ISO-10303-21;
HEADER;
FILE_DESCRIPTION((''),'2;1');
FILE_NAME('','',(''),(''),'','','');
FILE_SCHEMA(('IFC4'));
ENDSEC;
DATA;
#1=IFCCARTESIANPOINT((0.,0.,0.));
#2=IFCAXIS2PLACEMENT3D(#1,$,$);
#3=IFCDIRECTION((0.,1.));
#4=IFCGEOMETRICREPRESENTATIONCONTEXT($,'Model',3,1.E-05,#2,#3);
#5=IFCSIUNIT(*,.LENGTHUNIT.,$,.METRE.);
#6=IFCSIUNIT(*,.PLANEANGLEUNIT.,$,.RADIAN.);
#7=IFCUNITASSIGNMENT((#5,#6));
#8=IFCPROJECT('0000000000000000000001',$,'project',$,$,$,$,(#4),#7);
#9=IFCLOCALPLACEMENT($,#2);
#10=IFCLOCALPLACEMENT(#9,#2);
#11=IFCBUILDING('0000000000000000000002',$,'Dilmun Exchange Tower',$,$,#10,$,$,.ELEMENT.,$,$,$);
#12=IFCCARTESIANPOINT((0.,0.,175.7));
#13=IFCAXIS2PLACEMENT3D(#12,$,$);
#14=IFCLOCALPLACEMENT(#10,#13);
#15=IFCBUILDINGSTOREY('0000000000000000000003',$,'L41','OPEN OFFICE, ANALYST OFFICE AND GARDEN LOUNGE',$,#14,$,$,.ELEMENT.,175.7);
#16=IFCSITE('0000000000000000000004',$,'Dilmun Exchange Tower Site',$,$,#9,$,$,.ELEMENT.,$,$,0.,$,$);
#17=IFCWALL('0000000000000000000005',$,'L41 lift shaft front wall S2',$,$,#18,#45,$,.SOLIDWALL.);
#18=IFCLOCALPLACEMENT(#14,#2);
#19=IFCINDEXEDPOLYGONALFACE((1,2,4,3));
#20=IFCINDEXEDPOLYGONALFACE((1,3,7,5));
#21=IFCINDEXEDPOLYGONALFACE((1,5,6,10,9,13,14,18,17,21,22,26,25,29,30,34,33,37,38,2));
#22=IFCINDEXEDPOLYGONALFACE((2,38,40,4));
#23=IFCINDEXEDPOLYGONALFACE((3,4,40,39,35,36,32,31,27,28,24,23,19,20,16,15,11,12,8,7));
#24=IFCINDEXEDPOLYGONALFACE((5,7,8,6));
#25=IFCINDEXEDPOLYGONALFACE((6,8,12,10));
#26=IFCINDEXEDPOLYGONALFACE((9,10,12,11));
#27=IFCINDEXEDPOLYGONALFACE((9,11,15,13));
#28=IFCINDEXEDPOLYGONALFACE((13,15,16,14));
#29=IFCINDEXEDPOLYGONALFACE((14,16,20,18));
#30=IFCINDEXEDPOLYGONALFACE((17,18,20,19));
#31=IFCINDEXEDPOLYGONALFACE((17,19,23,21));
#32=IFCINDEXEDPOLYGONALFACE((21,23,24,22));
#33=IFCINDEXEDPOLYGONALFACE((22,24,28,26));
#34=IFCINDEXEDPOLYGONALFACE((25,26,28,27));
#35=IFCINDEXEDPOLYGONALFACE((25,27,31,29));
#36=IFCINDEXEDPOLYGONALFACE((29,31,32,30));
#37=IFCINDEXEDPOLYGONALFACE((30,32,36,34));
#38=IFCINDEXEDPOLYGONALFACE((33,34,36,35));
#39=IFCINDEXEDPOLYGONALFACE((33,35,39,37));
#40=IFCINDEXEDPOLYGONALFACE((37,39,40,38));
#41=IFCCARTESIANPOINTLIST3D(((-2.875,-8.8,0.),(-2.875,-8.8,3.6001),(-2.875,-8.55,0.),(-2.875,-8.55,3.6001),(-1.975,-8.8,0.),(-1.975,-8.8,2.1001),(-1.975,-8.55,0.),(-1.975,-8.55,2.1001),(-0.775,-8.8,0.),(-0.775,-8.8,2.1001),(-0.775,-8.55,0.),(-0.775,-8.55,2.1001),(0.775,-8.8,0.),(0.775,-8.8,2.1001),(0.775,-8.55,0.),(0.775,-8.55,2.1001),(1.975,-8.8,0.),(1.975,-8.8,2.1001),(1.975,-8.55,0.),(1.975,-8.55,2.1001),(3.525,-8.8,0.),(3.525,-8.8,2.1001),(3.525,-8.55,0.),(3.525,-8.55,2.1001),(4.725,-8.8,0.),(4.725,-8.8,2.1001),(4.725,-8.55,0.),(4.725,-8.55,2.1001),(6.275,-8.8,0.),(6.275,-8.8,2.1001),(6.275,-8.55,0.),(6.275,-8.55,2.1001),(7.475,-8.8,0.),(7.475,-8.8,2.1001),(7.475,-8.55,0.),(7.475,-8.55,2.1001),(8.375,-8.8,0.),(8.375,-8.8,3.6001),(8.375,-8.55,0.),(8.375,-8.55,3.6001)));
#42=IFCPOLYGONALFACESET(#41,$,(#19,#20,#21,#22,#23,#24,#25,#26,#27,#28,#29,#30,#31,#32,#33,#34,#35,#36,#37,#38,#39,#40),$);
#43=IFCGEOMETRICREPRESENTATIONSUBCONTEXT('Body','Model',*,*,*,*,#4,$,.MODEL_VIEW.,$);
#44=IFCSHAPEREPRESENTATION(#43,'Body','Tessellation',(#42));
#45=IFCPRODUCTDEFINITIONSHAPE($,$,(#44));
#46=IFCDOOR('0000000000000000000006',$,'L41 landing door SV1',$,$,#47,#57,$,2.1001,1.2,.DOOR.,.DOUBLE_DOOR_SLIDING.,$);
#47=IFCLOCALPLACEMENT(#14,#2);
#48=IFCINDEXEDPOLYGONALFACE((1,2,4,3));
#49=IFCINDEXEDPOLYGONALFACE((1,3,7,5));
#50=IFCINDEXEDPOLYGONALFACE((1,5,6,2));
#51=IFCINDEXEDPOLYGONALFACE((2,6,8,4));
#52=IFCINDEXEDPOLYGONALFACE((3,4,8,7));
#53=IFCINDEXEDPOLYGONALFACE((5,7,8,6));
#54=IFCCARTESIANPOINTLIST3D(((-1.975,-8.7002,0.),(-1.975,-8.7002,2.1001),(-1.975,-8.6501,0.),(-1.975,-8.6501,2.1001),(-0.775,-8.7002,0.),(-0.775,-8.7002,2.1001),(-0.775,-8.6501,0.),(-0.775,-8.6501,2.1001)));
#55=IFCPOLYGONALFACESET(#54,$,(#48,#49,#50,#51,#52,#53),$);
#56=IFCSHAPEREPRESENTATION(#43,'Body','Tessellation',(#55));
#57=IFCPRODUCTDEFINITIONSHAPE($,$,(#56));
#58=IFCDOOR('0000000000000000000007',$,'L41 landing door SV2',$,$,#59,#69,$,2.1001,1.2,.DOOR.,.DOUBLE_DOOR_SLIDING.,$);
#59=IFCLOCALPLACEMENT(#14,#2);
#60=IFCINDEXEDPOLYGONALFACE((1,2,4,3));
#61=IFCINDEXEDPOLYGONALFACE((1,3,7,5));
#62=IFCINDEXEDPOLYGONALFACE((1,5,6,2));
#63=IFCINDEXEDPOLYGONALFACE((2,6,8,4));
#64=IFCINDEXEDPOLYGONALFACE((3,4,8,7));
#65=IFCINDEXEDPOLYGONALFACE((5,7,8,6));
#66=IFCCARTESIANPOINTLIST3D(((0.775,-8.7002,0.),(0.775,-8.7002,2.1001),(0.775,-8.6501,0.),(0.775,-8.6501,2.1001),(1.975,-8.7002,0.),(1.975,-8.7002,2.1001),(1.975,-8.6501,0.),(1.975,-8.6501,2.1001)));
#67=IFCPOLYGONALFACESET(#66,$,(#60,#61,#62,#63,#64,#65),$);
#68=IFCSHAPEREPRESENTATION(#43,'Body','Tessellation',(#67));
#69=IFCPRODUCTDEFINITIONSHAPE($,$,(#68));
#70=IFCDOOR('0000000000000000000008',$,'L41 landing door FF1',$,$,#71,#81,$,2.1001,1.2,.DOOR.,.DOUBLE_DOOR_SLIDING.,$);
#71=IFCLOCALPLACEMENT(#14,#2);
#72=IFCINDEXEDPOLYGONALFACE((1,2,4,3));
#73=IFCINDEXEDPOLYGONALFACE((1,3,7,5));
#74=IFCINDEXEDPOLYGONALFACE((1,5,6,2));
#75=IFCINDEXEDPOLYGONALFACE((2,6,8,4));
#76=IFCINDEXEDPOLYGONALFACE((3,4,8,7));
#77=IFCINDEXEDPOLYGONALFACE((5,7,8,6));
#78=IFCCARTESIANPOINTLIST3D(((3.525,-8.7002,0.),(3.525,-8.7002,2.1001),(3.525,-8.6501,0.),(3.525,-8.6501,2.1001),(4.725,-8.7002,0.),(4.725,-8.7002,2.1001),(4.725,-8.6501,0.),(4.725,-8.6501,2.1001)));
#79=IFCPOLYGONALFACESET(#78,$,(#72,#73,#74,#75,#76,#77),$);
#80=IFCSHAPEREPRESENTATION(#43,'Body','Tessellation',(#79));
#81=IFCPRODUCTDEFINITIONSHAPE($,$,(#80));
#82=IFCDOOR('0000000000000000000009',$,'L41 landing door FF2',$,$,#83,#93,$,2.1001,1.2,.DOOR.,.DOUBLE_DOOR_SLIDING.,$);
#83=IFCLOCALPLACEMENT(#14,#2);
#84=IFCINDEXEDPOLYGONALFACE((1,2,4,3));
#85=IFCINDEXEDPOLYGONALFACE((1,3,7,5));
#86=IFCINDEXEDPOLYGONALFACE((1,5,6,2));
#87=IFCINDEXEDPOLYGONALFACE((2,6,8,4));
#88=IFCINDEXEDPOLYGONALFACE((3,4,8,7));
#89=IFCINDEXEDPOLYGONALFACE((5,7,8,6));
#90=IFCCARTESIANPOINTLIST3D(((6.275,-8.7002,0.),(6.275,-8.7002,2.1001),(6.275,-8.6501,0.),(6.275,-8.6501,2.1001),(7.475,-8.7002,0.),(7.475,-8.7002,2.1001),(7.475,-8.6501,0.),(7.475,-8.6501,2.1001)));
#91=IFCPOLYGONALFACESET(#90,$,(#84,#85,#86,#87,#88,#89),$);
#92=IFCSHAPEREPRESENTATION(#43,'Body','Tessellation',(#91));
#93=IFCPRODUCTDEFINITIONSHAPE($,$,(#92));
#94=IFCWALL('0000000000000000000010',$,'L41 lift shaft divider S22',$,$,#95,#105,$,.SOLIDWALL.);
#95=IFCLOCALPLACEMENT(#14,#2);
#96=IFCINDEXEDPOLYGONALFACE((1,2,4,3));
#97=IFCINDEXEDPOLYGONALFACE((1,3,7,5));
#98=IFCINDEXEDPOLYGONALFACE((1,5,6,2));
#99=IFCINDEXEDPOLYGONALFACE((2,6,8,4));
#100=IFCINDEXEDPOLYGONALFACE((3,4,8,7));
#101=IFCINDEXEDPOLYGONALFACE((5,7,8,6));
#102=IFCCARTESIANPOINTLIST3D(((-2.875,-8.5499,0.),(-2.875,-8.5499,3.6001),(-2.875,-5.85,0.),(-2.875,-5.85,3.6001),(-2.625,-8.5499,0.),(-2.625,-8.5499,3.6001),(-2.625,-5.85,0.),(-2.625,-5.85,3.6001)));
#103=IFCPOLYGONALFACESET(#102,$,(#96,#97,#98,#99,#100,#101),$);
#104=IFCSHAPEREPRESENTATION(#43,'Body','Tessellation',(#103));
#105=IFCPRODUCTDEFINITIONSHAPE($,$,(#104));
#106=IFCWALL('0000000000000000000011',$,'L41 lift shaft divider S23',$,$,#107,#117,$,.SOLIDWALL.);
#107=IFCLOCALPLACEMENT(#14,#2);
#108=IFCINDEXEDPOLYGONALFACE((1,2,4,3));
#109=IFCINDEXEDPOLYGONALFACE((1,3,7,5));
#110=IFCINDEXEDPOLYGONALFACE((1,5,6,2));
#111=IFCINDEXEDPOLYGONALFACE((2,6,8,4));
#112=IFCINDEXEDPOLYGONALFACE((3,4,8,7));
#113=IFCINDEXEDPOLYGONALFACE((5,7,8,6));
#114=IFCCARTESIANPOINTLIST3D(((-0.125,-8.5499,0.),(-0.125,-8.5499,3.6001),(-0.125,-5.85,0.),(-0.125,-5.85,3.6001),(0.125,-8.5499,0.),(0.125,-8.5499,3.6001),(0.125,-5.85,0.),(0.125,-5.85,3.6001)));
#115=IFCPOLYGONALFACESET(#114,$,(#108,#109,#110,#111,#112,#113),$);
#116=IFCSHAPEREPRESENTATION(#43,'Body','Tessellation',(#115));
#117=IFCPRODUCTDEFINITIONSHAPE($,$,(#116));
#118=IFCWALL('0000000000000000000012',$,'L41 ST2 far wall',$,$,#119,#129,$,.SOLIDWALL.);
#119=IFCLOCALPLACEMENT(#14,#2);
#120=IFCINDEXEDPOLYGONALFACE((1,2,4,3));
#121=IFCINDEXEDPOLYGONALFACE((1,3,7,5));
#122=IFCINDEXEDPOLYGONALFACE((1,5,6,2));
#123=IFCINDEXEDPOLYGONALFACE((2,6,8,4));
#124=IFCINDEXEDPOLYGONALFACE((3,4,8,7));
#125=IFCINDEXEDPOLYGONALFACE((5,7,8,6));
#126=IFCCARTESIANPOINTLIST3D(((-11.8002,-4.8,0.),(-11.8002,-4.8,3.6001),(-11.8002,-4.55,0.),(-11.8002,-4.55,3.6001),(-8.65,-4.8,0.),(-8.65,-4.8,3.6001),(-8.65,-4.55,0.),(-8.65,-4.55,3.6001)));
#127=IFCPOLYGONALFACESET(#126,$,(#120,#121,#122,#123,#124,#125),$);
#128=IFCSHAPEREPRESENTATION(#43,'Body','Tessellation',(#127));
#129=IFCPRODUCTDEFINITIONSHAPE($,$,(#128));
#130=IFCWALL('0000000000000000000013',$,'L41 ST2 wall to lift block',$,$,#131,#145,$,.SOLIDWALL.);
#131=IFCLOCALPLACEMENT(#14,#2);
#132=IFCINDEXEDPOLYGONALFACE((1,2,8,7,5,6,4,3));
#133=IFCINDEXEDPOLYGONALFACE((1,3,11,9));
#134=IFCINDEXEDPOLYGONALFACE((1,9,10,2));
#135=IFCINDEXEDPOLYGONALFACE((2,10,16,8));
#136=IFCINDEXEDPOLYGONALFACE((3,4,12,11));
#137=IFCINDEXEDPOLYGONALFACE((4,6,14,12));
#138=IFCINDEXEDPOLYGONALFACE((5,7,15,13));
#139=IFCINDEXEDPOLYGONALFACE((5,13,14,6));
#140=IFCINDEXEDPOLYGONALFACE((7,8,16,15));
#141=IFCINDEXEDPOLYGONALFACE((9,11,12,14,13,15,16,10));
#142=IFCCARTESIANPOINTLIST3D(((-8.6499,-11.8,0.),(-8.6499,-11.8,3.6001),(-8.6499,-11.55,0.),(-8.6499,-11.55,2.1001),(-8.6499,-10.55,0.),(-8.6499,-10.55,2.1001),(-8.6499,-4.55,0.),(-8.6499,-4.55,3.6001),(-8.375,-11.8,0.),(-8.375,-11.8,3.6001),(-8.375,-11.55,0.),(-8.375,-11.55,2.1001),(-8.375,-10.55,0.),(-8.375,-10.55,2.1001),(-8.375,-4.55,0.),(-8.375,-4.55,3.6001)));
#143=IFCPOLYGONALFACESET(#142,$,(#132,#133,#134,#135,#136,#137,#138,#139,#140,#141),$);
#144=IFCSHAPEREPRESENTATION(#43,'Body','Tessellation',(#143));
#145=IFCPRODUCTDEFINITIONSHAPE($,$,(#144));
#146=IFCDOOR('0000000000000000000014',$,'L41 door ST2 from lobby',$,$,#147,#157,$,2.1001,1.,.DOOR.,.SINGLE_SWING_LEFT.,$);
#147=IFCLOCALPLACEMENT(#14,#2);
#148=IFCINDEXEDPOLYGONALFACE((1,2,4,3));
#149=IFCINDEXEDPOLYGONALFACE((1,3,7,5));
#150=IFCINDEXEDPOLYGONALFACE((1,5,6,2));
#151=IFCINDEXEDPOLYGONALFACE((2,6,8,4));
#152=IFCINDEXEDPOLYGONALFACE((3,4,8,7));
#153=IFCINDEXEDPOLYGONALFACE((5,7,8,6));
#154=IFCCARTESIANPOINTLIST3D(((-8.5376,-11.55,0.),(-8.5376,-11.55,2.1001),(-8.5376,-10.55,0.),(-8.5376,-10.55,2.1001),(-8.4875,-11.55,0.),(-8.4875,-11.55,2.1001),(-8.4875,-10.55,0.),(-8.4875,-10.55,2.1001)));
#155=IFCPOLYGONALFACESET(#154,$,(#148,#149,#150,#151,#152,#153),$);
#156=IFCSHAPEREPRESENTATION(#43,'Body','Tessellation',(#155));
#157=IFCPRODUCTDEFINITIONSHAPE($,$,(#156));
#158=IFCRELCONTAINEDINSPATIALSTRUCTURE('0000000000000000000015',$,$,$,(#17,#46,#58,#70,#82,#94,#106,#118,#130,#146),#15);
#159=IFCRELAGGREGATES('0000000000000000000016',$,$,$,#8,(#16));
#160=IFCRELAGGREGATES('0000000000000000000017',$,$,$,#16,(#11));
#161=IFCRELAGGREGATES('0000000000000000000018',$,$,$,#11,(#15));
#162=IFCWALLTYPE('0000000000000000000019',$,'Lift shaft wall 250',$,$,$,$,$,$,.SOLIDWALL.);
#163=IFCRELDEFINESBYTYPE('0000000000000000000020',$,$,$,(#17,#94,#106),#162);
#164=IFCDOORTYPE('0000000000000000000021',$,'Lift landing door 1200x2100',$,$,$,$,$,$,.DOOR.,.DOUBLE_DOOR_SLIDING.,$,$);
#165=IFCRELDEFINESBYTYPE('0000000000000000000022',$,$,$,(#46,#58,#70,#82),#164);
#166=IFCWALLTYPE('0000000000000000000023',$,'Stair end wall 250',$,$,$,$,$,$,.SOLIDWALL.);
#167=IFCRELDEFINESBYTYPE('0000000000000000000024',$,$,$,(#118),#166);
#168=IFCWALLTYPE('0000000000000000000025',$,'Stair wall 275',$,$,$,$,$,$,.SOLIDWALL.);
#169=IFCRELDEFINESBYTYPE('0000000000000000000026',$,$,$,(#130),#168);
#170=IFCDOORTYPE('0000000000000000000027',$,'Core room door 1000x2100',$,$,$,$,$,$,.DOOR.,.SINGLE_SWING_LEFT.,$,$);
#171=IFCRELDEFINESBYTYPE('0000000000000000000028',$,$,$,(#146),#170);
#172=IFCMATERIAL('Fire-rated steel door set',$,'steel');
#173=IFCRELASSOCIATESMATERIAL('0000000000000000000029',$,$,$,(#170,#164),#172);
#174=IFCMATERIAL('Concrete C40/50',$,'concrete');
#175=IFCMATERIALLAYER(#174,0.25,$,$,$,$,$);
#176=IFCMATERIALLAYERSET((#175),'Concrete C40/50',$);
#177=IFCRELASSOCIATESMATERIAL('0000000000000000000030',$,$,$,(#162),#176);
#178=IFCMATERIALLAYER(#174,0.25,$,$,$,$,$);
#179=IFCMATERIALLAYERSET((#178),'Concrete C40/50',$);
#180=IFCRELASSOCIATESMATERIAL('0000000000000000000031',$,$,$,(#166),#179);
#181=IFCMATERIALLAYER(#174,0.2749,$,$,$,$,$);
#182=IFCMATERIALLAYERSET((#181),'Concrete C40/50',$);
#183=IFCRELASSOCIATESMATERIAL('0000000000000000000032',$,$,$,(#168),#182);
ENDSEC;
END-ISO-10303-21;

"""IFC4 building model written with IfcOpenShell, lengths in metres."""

from ifc_helpers import new_model, si_unit, direction, frame, frame_2d, origin, place, context, subcontext, project, spatial, rectangle, extrude, material, layer, layer_set, type_object, element, fill, save


model = new_model("IFC4")

# Units and contexts
model_context = context("Model", 3, precision=1e-05, world=origin(), true_north=direction((0.0, 1.0)))
body_context = subcontext(model_context, "Body", "Model", "MODEL_VIEW")
ifc_project = project(units=[si_unit("LENGTHUNIT", "METRE"), si_unit("PLANEANGLEUNIT", "RADIAN")], contexts=[model_context])

# Site, building, storey
site_placement = place(None, origin())
site = spatial("IfcSite", under=ifc_project, at=site_placement, Name="Dilmun Exchange Tower Site", CompositionType="ELEMENT", RefElevation=0.0)
building_placement = place(site_placement, origin())
building = spatial("IfcBuilding", under=site, at=building_placement, Name="Dilmun Exchange Tower", CompositionType="ELEMENT")
storey_placement = place(building_placement, frame((0.0, 0.0, 175.7)))
storey = spatial("IfcBuildingStorey", under=building, at=storey_placement, Name="L41", Description="OPEN OFFICE, ANALYST OFFICE AND GARDEN LOUNGE", CompositionType="ELEMENT", Elevation=175.7)

# Shared definitions
ifc_material_1 = material(Name="Concrete C40/50", Category="concrete")

# Shared definitions
ifc_material_2 = material(Name="Fire-rated steel door set", Category="steel")
door_type_1 = type_object("IfcDoorType", Name="Core room door 1000x2100", OperationType="SINGLE_SWING_LEFT", PredefinedType="DOOR", material=ifc_material_2)

# Shared definitions
ifc_layer_1 = layer(ifc_material_1, 0.25)
ifc_layer_set_1 = layer_set([ifc_layer_1], Name="Concrete C40/50")
wall_type_1 = type_object("IfcWallType", Name="Lift shaft wall 250", PredefinedType="SOLIDWALL", material=ifc_layer_set_1)

# Wall, openings, doors
wall_1_placement = place(storey_placement, frame((-2.875, -8.675, 0.0), z_axis=(0.0, 0.0, 1.0), x_axis=(1.0, 0.0, 0.0)))
wall_1 = element("IfcWall", 1, at=wall_1_placement, inside=storey, type_object=wall_type_1, Name="L41 lift shaft front wall S2", PredefinedType="SOLIDWALL", context=body_context, shape_type="SweptSolid", body=[
    extrude(rectangle(XDim=11.25, YDim=0.25, at=frame_2d((5.625, 0.0))), origin(), (0.0, 0.0, 1.0), 3.6001),
])
opening_1_placement = place(wall_1_placement, frame((0.8999, 0.0, 0.0)))
opening_1 = element("IfcOpeningElement", 2, at=opening_1_placement, cuts=wall_1, PredefinedType="OPENING", context=body_context, shape_type="SweptSolid", body=[
    extrude(rectangle(XDim=1.2, YDim=2.1001, at=frame_2d((0.6001, 1.05))), frame((0.0, 0.135, 0.0), z_axis=(0.0, -1.0, 0.0), x_axis=(1.0, 0.0, 0.0)), (0.0, 0.0, 1.0), 0.27),
])
opening_2_placement = place(wall_1_placement, frame((3.6499, 0.0, 0.0)))
opening_2 = element("IfcOpeningElement", 3, at=opening_2_placement, cuts=wall_1, PredefinedType="OPENING", context=body_context, shape_type="SweptSolid", body=[
    extrude(rectangle(XDim=1.2, YDim=2.1001, at=frame_2d((0.6001, 1.05))), frame((0.0, 0.135, 0.0), z_axis=(0.0, -1.0, 0.0), x_axis=(1.0, 0.0, 0.0)), (0.0, 0.0, 1.0), 0.27),
])
opening_3_placement = place(wall_1_placement, frame((6.3999, 0.0, 0.0)))
opening_3 = element("IfcOpeningElement", 4, at=opening_3_placement, cuts=wall_1, PredefinedType="OPENING", context=body_context, shape_type="SweptSolid", body=[
    extrude(rectangle(XDim=1.2, YDim=2.1001, at=frame_2d((0.6001, 1.05))), frame((0.0, 0.135, 0.0), z_axis=(0.0, -1.0, 0.0), x_axis=(1.0, 0.0, 0.0)), (0.0, 0.0, 1.0), 0.27),
])
opening_4_placement = place(wall_1_placement, frame((9.1499, 0.0, 0.0)))
opening_4 = element("IfcOpeningElement", 5, at=opening_4_placement, cuts=wall_1, PredefinedType="OPENING", context=body_context, shape_type="SweptSolid", body=[
    extrude(rectangle(XDim=1.2, YDim=2.1001, at=frame_2d((0.6001, 1.05))), frame((0.0, 0.135, 0.0), z_axis=(0.0, -1.0, 0.0), x_axis=(1.0, 0.0, 0.0)), (0.0, 0.0, 1.0), 0.27),
])
door_type_2 = type_object("IfcDoorType", Name="Lift landing door 1200x2100", OperationType="DOUBLE_DOOR_SLIDING", PredefinedType="DOOR", material=ifc_material_2)
door_1_placement = place(opening_1_placement, origin())
door_1 = element("IfcDoor", 6, at=door_1_placement, inside=storey, type_object=door_type_2, Name="L41 landing door SV1", OperationType="DOUBLE_DOOR_SLIDING", OverallHeight=2.1001, OverallWidth=1.2, PredefinedType="DOOR", context=body_context, shape_type="SweptSolid", body=[
    extrude(rectangle(XDim=1.2, YDim=2.1001, at=frame_2d((0.6001, 1.05))), frame((0.0, 0.0249, 0.0), z_axis=(0.0, -1.0, 0.0), x_axis=(1.0, 0.0, 0.0)), (0.0, 0.0, 1.0), 0.05),
])
fill(opening_1, door_1)
door_2_placement = place(opening_2_placement, origin())
door_2 = element("IfcDoor", 7, at=door_2_placement, inside=storey, type_object=door_type_2, Name="L41 landing door SV2", OperationType="DOUBLE_DOOR_SLIDING", OverallHeight=2.1001, OverallWidth=1.2, PredefinedType="DOOR", context=body_context, shape_type="SweptSolid", body=[
    extrude(rectangle(XDim=1.2, YDim=2.1001, at=frame_2d((0.6001, 1.05))), frame((0.0, 0.0249, 0.0), z_axis=(0.0, -1.0, 0.0), x_axis=(1.0, 0.0, 0.0)), (0.0, 0.0, 1.0), 0.05),
])
fill(opening_2, door_2)
door_3_placement = place(opening_3_placement, origin())
door_3 = element("IfcDoor", 8, at=door_3_placement, inside=storey, type_object=door_type_2, Name="L41 landing door FF1", OperationType="DOUBLE_DOOR_SLIDING", OverallHeight=2.1001, OverallWidth=1.2, PredefinedType="DOOR", context=body_context, shape_type="SweptSolid", body=[
    extrude(rectangle(XDim=1.2, YDim=2.1001, at=frame_2d((0.6001, 1.05))), frame((0.0, 0.0249, 0.0), z_axis=(0.0, -1.0, 0.0), x_axis=(1.0, 0.0, 0.0)), (0.0, 0.0, 1.0), 0.05),
])
fill(opening_3, door_3)
door_4_placement = place(opening_4_placement, origin())
door_4 = element("IfcDoor", 9, at=door_4_placement, inside=storey, type_object=door_type_2, Name="L41 landing door FF2", OperationType="DOUBLE_DOOR_SLIDING", OverallHeight=2.1001, OverallWidth=1.2, PredefinedType="DOOR", context=body_context, shape_type="SweptSolid", body=[
    extrude(rectangle(XDim=1.2, YDim=2.1001, at=frame_2d((0.6001, 1.05))), frame((0.0, 0.0249, 0.0), z_axis=(0.0, -1.0, 0.0), x_axis=(1.0, 0.0, 0.0)), (0.0, 0.0, 1.0), 0.05),
])
fill(opening_4, door_4)

# Walls
for number, where, z_axis, x_axis, name in (
    (10, (-2.75, -8.55, 0.0), (0.0, 0.0, 1.0), (0.0, 1.0, 0.0), "L41 lift shaft divider S22"),
    (11, (0.0, -8.55, 0.0), (0.0, 0.0, 1.0), (0.0, 1.0, 0.0), "L41 lift shaft divider S23"),
):
    element("IfcWall", number, at=place(storey_placement, frame(where, z_axis=z_axis, x_axis=x_axis)), inside=storey, type_object=wall_type_1, Name=name, PredefinedType="SOLIDWALL", context=body_context, shape_type="SweptSolid", body=[
        extrude(rectangle(XDim=2.7, YDim=0.25, at=frame_2d((1.3501, 0.0))), origin(), (0.0, 0.0, 1.0), 3.6001),
    ])
ifc_layer_2 = layer(ifc_material_1, 0.25)
ifc_layer_set_2 = layer_set([ifc_layer_2], Name="Concrete C40/50")
wall_type_2 = type_object("IfcWallType", Name="Stair end wall 250", PredefinedType="SOLIDWALL", material=ifc_layer_set_2)
wall_2_placement = place(storey_placement, frame((-8.6499, -4.675, 0.0), z_axis=(0.0, 0.0, 1.0), x_axis=(-1.0, 0.0, 0.0)))
element("IfcWall", 12, at=wall_2_placement, inside=storey, type_object=wall_type_2, Name="L41 ST2 far wall", PredefinedType="SOLIDWALL", context=body_context, shape_type="SweptSolid", body=[
    extrude(rectangle(XDim=3.1501, YDim=0.25, at=frame_2d((1.5752, 0.0))), origin(), (0.0, 0.0, 1.0), 3.6001),
])

# Wall, opening, door
ifc_layer_3 = layer(ifc_material_1, 0.2749)
ifc_layer_set_3 = layer_set([ifc_layer_3], Name="Concrete C40/50")
wall_type_3 = type_object("IfcWallType", Name="Stair wall 275", PredefinedType="SOLIDWALL", material=ifc_layer_set_3)
wall_3_placement = place(storey_placement, frame((-8.5125, -4.55, 0.0), z_axis=(0.0, 0.0, 1.0), x_axis=(0.0, -1.0, 0.0)))
wall_3 = element("IfcWall", 13, at=wall_3_placement, inside=storey, type_object=wall_type_3, Name="L41 ST2 wall to lift block", PredefinedType="SOLIDWALL", context=body_context, shape_type="SweptSolid", body=[
    extrude(rectangle(XDim=7.25, YDim=0.2749, at=frame_2d((3.625, 0.0))), origin(), (0.0, 0.0, 1.0), 3.6001),
])
opening_5_placement = place(wall_3_placement, frame((6.0, 0.0, 0.0)))
opening_5 = element("IfcOpeningElement", 14, at=opening_5_placement, cuts=wall_3, PredefinedType="OPENING", context=body_context, shape_type="SweptSolid", body=[
    extrude(rectangle(XDim=1.0, YDim=2.1001, at=frame_2d((0.5, 1.05))), frame((0.0, 0.1475, 0.0), z_axis=(0.0, -1.0, 0.0), x_axis=(1.0, 0.0, 0.0)), (0.0, 0.0, 1.0), 0.2949),
])
door_5_placement = place(opening_5_placement, origin())
door_5 = element("IfcDoor", 15, at=door_5_placement, inside=storey, type_object=door_type_1, Name="L41 door ST2 from lobby", OperationType="SINGLE_SWING_LEFT", OverallHeight=2.1001, OverallWidth=1.0, PredefinedType="DOOR", context=body_context, shape_type="SweptSolid", body=[
    extrude(rectangle(XDim=1.0, YDim=2.1001, at=frame_2d((0.5, 1.05))), frame((0.0, 0.0249, 0.0), z_axis=(0.0, -1.0, 0.0), x_axis=(1.0, 0.0, 0.0)), (0.0, 0.0, 1.0), 0.05),
])
fill(opening_5, door_5)

save(model, "model.ifc")
